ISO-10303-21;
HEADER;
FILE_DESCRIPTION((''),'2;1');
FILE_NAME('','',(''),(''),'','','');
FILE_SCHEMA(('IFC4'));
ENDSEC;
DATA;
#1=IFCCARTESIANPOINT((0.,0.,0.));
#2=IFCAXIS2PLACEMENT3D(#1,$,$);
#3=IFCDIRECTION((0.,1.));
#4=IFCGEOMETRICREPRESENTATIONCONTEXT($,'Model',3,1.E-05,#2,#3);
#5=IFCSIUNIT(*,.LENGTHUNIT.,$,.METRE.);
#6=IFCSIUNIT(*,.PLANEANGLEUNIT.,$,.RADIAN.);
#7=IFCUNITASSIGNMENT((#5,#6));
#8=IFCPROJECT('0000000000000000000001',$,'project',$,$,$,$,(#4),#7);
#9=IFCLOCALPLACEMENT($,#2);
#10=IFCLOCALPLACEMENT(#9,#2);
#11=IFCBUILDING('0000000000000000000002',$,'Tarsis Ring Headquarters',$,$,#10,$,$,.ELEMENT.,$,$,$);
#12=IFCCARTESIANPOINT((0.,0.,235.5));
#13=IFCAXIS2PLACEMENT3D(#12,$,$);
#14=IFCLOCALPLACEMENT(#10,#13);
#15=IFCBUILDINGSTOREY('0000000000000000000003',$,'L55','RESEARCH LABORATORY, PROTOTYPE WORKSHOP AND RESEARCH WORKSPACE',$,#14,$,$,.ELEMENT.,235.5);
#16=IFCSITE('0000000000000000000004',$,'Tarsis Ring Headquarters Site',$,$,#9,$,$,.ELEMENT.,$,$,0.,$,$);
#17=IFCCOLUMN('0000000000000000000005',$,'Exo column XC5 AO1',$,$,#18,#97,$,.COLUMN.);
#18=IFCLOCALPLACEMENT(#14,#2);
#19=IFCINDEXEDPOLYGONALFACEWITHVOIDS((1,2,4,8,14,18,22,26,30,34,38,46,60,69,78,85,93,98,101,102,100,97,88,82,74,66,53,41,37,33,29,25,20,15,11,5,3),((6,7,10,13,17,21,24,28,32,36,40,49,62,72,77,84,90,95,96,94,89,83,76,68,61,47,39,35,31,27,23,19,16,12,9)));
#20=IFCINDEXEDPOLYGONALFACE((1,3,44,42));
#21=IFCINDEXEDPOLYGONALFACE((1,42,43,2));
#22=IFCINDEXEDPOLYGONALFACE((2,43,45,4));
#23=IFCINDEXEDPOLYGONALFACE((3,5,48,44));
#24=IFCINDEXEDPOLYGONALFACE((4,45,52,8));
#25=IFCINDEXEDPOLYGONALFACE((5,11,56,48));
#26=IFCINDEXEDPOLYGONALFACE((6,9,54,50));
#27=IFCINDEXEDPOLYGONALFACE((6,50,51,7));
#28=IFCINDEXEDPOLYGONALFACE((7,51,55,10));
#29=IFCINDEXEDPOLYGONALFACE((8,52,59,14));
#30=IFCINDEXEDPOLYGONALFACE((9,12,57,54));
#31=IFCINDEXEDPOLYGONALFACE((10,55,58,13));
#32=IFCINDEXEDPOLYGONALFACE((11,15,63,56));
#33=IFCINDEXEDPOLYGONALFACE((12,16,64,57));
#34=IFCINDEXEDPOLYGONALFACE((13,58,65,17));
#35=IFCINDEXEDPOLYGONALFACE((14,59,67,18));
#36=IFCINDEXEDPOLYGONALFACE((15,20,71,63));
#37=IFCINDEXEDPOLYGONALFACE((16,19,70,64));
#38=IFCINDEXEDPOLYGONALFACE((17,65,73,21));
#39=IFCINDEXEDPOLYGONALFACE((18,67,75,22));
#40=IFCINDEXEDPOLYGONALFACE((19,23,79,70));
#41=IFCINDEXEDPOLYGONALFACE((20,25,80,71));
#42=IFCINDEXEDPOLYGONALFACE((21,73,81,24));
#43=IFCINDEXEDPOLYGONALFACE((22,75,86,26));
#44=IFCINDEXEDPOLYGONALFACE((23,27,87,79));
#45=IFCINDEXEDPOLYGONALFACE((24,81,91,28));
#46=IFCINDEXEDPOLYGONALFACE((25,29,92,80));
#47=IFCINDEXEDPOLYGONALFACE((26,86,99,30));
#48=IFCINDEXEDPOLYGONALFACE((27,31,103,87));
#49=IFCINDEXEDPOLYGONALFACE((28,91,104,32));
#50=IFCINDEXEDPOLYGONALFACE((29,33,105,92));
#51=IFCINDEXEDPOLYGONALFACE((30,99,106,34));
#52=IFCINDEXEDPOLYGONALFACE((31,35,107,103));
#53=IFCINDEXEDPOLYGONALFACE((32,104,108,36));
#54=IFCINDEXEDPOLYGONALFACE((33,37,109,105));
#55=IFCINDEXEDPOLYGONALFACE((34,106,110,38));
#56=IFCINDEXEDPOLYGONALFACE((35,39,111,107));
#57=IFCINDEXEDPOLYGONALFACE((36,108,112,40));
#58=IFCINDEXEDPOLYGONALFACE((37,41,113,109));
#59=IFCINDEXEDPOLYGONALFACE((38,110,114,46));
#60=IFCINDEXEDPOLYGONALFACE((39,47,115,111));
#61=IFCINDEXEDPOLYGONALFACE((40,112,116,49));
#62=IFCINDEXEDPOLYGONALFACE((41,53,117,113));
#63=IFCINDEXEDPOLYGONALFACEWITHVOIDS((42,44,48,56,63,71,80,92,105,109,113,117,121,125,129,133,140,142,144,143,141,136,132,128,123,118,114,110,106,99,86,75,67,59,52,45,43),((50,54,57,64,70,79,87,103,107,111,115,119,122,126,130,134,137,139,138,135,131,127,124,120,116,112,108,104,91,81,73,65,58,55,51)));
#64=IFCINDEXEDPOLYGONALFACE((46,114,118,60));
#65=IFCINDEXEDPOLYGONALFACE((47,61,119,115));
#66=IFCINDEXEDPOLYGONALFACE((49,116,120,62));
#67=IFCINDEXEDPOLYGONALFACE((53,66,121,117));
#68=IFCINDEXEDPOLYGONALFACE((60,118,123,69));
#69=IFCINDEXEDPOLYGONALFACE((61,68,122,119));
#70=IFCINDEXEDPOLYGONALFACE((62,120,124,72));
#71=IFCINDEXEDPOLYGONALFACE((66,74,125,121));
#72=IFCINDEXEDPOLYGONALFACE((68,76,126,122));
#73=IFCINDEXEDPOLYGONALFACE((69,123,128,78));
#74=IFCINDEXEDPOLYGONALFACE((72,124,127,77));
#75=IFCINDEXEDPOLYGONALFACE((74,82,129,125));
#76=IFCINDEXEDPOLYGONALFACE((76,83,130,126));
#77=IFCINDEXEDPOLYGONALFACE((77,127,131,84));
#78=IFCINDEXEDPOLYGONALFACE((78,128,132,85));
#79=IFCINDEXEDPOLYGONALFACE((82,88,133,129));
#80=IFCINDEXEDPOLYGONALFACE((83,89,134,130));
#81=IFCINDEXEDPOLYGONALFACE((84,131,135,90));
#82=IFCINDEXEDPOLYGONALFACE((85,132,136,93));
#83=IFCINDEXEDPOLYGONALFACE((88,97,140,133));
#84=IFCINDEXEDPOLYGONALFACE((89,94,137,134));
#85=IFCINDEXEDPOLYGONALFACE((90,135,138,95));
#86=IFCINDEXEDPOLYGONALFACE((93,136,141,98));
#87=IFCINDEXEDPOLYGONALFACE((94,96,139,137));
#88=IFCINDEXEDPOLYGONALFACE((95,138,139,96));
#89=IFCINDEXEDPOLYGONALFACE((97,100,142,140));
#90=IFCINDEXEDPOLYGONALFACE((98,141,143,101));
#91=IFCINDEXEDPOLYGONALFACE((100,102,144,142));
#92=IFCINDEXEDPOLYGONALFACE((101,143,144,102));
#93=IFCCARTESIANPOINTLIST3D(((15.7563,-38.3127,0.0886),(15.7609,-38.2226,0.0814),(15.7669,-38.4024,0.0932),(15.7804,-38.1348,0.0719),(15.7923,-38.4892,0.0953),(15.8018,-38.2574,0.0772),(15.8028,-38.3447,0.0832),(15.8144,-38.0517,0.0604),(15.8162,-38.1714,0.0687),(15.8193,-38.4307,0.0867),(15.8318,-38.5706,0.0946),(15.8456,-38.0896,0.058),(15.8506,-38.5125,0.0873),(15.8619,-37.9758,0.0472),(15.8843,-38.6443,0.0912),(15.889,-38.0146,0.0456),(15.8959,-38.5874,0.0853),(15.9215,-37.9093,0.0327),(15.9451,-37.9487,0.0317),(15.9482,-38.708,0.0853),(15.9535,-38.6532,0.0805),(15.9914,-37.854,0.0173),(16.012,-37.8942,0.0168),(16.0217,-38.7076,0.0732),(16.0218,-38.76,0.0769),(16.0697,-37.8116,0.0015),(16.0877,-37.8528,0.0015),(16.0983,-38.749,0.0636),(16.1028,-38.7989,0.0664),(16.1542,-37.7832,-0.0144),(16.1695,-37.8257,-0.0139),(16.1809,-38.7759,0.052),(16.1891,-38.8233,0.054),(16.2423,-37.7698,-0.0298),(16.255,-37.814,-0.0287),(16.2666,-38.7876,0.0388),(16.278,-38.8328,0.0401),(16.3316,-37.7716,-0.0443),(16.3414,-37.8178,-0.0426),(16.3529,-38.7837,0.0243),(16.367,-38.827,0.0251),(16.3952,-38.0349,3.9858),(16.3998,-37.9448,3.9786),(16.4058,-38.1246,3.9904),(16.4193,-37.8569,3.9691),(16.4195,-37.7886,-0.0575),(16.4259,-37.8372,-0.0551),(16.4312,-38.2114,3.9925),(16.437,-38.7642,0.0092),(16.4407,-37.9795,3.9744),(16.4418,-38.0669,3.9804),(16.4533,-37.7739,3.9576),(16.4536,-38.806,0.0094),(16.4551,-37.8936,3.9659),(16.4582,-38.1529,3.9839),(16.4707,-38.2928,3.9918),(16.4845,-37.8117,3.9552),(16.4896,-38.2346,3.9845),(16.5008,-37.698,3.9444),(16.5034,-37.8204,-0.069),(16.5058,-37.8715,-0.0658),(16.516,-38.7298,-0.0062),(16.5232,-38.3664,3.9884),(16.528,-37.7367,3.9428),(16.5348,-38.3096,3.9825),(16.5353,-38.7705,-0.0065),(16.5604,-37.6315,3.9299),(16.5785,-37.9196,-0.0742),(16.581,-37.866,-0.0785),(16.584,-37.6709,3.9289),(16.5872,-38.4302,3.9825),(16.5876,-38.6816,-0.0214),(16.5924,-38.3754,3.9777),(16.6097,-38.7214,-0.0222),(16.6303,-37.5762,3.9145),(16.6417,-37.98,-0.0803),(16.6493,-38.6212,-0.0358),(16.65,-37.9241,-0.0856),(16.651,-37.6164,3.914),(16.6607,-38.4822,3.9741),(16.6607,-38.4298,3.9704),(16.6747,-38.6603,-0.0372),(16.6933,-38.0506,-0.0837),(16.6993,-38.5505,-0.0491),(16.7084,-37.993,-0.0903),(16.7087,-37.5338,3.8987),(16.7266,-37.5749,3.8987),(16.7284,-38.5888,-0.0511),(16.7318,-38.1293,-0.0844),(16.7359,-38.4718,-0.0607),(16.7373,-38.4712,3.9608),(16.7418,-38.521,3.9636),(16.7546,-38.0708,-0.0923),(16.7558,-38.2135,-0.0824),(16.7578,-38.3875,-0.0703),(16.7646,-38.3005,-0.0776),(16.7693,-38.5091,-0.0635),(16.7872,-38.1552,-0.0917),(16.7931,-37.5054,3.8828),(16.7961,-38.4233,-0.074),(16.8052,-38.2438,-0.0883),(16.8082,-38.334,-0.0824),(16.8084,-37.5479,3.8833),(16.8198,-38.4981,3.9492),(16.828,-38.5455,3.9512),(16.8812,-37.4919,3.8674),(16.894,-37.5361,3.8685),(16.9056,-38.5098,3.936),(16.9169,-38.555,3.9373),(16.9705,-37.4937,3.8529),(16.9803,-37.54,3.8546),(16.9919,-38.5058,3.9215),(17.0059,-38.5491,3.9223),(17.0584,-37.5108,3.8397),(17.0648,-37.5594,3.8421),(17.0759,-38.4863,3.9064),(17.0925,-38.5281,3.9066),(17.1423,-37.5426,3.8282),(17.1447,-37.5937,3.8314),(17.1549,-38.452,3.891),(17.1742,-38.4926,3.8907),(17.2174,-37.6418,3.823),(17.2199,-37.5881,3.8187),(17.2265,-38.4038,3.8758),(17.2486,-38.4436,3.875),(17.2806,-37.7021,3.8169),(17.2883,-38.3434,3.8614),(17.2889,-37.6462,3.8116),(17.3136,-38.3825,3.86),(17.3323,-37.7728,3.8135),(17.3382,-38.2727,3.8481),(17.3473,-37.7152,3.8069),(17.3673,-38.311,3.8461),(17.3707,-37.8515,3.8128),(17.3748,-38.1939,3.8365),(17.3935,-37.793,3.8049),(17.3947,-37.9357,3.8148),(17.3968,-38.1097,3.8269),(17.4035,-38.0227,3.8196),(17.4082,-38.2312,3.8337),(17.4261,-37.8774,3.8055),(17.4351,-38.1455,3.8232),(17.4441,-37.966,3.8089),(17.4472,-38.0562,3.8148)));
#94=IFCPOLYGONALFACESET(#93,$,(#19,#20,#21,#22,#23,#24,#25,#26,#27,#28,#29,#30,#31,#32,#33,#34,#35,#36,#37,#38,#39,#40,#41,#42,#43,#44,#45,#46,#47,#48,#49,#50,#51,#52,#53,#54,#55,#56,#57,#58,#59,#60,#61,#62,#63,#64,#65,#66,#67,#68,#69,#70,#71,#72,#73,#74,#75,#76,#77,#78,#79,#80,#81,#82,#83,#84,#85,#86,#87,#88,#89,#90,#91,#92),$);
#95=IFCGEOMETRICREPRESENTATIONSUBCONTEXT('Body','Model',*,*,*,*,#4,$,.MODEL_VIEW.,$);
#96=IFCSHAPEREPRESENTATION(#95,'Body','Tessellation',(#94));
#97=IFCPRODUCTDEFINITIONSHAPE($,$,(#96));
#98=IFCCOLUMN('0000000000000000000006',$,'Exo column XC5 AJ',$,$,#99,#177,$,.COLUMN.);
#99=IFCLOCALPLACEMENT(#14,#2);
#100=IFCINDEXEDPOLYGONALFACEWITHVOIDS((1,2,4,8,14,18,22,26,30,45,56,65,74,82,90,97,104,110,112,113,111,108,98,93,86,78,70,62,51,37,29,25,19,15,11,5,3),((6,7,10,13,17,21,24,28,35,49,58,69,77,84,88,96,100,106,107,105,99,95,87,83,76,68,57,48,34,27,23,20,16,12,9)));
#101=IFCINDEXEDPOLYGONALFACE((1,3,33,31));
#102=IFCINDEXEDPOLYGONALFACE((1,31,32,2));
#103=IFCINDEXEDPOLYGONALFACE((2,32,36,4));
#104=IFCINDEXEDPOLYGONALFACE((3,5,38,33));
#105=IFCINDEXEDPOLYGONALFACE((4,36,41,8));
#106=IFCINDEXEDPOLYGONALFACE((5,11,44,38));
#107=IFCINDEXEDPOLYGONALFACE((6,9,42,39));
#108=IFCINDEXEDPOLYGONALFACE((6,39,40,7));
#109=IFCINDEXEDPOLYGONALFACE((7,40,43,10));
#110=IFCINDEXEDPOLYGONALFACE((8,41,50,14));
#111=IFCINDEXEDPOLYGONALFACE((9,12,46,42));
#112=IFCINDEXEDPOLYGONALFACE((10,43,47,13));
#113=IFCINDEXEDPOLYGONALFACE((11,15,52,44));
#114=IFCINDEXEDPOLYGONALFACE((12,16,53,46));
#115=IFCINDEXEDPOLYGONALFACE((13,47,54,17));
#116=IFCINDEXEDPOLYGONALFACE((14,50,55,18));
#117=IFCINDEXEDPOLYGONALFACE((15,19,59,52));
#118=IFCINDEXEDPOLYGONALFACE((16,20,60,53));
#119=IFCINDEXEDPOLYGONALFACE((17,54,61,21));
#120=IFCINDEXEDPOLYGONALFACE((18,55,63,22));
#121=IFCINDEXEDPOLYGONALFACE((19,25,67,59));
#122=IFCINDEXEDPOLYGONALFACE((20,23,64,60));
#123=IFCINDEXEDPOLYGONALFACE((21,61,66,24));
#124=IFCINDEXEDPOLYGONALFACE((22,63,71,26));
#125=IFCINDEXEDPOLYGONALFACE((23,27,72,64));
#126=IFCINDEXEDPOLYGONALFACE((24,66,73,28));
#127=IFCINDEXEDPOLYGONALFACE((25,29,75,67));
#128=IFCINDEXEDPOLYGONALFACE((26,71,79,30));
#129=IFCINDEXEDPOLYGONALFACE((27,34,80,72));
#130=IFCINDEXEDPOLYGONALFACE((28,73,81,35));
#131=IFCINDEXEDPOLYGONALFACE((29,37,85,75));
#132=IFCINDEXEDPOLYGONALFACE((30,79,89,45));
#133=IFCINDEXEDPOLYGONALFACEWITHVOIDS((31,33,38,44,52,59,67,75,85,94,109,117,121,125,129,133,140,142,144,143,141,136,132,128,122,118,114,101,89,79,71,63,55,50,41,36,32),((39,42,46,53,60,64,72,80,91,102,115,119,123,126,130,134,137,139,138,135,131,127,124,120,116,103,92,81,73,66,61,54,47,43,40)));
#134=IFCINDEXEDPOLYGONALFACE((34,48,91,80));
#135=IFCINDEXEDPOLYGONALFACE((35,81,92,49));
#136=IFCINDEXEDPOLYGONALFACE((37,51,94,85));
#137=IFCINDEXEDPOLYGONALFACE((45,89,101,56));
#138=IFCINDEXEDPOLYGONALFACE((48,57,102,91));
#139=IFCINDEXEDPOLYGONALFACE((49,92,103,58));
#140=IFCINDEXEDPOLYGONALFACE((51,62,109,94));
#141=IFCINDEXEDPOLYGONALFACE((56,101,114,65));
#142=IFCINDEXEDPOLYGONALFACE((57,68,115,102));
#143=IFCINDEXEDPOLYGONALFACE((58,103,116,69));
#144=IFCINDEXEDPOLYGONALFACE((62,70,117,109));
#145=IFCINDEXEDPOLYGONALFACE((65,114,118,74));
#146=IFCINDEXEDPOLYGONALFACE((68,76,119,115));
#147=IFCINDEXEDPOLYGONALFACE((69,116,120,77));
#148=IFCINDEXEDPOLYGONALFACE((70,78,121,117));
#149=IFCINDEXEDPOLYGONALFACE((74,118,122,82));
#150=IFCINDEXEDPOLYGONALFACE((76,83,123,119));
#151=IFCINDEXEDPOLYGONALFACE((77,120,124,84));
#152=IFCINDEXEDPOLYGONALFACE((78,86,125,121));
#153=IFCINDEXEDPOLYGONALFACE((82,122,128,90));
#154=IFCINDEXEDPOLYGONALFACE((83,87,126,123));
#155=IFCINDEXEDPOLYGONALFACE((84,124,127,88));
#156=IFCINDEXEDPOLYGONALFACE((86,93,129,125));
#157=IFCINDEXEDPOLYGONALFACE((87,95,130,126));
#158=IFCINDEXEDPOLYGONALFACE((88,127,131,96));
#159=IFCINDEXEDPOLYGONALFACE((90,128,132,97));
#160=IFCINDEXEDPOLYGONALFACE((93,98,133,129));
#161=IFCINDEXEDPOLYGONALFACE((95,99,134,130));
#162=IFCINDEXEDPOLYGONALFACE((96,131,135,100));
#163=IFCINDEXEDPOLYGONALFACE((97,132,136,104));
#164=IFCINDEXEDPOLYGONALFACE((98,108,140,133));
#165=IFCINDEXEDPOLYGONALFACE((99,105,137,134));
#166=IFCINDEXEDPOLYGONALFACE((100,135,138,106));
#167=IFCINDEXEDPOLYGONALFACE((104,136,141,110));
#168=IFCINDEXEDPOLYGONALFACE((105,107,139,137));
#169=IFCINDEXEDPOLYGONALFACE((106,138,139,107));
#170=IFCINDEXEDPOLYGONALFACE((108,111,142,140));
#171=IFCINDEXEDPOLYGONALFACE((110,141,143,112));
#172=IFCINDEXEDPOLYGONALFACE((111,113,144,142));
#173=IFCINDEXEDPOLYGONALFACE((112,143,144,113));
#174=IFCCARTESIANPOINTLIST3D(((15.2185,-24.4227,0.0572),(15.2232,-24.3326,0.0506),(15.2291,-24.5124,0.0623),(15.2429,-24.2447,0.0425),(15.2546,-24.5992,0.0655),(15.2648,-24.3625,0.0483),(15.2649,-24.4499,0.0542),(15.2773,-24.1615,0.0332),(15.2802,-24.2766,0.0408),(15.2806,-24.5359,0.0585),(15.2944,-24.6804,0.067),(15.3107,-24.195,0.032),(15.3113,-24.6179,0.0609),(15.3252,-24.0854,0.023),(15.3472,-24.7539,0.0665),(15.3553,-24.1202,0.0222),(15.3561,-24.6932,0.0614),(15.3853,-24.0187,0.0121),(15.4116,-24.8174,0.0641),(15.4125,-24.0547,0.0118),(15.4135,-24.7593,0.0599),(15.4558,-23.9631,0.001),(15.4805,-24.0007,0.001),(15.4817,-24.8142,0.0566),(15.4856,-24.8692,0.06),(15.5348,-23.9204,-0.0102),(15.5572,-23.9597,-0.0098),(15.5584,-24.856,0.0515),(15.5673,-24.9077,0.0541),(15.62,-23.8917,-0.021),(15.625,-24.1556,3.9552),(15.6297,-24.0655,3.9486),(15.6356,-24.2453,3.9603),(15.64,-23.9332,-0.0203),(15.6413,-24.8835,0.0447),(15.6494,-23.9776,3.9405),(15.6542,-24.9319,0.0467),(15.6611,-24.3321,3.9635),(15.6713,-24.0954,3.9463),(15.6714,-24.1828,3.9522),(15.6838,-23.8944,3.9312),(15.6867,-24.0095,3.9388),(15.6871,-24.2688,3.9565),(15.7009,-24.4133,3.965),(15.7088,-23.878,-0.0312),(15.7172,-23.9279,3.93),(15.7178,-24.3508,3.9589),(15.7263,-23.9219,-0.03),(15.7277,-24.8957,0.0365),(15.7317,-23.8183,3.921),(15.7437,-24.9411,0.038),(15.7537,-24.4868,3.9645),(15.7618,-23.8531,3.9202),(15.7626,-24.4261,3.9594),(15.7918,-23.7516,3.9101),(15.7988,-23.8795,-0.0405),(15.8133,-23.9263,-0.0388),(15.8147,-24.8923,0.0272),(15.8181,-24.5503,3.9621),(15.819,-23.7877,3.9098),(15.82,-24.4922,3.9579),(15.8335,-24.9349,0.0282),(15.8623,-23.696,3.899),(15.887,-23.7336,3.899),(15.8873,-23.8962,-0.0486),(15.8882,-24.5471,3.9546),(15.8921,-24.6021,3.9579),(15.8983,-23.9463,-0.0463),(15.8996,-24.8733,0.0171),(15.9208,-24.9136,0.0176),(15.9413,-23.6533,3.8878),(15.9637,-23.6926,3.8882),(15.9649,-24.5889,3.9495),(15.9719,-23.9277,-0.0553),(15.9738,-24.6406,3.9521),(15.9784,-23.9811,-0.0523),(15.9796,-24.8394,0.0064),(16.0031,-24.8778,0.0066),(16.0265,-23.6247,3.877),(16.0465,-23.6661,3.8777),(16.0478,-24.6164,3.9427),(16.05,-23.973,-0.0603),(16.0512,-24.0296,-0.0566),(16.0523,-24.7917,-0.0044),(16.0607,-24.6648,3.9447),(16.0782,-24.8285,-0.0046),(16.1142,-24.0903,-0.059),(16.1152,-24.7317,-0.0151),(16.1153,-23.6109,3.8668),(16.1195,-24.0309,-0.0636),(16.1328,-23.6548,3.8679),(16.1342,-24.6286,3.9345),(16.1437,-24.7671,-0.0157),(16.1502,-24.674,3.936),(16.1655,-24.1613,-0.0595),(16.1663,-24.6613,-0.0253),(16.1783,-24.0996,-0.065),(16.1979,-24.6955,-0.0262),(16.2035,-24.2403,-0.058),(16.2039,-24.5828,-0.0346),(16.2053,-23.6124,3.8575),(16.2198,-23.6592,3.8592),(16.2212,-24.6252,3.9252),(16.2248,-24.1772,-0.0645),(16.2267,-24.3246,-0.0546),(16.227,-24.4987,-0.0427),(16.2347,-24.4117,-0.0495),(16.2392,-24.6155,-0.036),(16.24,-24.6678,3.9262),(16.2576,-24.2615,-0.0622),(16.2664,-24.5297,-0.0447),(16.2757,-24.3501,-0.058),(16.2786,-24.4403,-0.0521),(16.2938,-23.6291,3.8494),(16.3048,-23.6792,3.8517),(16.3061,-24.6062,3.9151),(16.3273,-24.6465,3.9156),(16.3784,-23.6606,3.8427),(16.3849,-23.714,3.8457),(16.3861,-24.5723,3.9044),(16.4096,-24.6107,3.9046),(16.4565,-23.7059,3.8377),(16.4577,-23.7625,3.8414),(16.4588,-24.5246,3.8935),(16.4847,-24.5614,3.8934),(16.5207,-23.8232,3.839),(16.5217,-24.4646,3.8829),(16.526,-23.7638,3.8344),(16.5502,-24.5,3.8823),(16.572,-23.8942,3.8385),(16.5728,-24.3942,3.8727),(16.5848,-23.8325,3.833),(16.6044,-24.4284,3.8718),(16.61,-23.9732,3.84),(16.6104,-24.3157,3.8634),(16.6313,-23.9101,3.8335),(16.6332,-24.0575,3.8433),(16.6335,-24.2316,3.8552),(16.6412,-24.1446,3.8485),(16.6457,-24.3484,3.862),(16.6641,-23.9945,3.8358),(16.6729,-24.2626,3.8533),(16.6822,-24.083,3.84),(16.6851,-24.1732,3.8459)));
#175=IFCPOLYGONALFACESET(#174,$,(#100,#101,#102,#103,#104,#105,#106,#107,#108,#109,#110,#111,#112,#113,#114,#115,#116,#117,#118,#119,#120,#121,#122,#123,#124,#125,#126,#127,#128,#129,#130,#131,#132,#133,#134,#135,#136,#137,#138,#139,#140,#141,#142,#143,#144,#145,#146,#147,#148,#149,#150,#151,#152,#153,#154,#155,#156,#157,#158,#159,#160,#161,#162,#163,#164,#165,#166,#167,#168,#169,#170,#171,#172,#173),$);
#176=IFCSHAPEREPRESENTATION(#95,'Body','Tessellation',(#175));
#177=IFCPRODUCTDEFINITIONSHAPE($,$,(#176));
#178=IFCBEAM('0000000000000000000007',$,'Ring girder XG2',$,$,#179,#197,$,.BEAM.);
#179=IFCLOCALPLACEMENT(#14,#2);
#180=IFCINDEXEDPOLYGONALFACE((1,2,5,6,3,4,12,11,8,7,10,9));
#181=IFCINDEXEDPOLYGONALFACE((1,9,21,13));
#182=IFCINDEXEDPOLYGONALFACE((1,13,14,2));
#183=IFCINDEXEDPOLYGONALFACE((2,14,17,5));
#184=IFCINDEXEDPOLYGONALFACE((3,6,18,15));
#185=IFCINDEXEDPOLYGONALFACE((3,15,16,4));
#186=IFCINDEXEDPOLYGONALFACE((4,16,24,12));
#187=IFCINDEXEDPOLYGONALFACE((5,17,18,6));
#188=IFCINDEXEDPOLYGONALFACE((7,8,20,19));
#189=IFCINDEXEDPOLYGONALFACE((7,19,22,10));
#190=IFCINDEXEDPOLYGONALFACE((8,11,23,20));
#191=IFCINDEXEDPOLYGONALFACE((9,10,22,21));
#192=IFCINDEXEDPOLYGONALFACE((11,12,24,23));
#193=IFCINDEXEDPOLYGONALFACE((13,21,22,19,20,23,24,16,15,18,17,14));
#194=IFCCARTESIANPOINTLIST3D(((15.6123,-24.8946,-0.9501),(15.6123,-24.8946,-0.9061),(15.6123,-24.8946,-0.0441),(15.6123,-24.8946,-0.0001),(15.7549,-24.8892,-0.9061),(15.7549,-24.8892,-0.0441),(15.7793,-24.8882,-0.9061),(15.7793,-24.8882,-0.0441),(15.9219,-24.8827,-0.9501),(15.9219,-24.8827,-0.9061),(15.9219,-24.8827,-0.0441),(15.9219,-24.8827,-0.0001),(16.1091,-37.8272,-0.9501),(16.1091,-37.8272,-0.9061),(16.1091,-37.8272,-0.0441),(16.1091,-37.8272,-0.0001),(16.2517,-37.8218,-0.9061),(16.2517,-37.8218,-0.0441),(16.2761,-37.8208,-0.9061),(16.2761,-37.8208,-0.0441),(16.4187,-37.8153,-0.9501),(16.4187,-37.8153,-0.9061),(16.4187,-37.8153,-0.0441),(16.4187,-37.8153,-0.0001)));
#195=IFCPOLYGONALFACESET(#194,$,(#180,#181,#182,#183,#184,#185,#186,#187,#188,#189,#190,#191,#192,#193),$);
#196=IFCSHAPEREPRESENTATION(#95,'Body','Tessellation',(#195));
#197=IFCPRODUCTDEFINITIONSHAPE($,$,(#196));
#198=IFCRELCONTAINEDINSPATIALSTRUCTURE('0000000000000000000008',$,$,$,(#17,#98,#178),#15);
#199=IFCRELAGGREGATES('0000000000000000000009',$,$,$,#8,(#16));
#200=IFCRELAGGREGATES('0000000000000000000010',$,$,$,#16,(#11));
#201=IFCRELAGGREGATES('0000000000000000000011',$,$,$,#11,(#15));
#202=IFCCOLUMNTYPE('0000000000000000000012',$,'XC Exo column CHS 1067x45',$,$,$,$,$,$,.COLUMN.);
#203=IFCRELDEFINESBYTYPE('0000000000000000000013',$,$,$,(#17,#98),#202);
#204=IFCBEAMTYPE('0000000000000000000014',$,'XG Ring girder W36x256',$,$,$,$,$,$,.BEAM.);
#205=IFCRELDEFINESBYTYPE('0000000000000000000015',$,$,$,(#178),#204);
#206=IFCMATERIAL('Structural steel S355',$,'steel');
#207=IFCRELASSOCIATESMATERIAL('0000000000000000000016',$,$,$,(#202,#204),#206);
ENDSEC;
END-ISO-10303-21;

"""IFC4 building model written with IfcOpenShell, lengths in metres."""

from ifc_helpers import new_model, si_unit, direction, frame, origin, origin_2d, place, context, subcontext, project, spatial, hollow_circle, i_section, extrude, material, material_profile, profile_set, type_object, element, save


model = new_model("IFC4")

# Units and contexts
model_context = context("Model", 3, precision=1e-05, world=origin(), true_north=direction((0.0, 1.0)))
body_context = subcontext(model_context, "Body", "Model", "MODEL_VIEW")
ifc_project = project(units=[si_unit("LENGTHUNIT", "METRE"), si_unit("PLANEANGLEUNIT", "RADIAN")], contexts=[model_context])

# Site, building, storey
site_placement = place(None, origin())
site = spatial("IfcSite", under=ifc_project, at=site_placement, Name="Tarsis Ring Headquarters Site", CompositionType="ELEMENT", RefElevation=0.0)
building_placement = place(site_placement, origin())
building = spatial("IfcBuilding", under=site, at=building_placement, Name="Tarsis Ring Headquarters", CompositionType="ELEMENT")
storey_placement = place(building_placement, frame((0.0, 0.0, 235.5)))
storey = spatial("IfcBuildingStorey", under=building, at=storey_placement, Name="L55", Description="RESEARCH LABORATORY, PROTOTYPE WORKSHOP AND RESEARCH WORKSPACE", CompositionType="ELEMENT", Elevation=235.5)

# Columns
ifc_material_1 = material(Name="Structural steel S355", Category="steel")
ifc_material_profile_1 = material_profile(ifc_material_1, hollow_circle(Radius=0.5334, WallThickness=0.0449, at=origin_2d()), Name="CHS 1067x45")
ifc_profile_set_1 = profile_set([ifc_material_profile_1], Name="Structural steel S355")
column_type = type_object("IfcColumnType", Name="XC Exo column CHS 1067x45", PredefinedType="COLUMN", material=ifc_profile_set_1)
column_1_placement = place(storey_placement, frame((16.2825, -38.3008, 0.0015), z_axis=(0.161383, 0.070177, 0.984394), x_axis=(-0.398777, 0.917048, 0.0)))
element("IfcColumn", 1, at=column_1_placement, inside=storey, type_object=column_type, Name="Exo column XC5 AO1", PredefinedType="COLUMN", context=body_context, shape_type="SweptSolid", body=[
    extrude(hollow_circle(Radius=0.5334, WallThickness=0.0449, at=origin_2d()), origin(), (0.0, 0.0, 1.0), 3.959),
])
column_2_placement = place(storey_placement, frame((15.7488, -24.4089, 0.001), z_axis=(0.103482, 0.067993, 0.992305), x_axis=(-0.549128, 0.835738, 0.0)))
element("IfcColumn", 2, at=column_2_placement, inside=storey, type_object=column_type, Name="Exo column XC5 AJ", PredefinedType="COLUMN", context=body_context, shape_type="SweptSolid", body=[
    extrude(hollow_circle(Radius=0.5334, WallThickness=0.0449, at=origin_2d()), origin(), (0.0, 0.0, 1.0), 3.9282),
])

# Beam
ifc_material_profile_2 = material_profile(ifc_material_1, i_section(OverallWidth=0.3098, OverallDepth=0.95, WebThickness=0.0244, FlangeThickness=0.0439, at=origin_2d()), Name="W36x256")
ifc_profile_set_2 = profile_set([ifc_material_profile_2], Name="Structural steel S355")
beam_type = type_object("IfcBeamType", Name="XG Ring girder W36x256", PredefinedType="BEAM", material=ifc_profile_set_2)
beam_1_placement = place(storey_placement, frame((16.2639, -37.8213, -0.4751), z_axis=(-0.038388, 0.999263, 0.0), x_axis=(-0.999263, -0.038388, 0.0)))
element("IfcBeam", 3, at=beam_1_placement, inside=storey, type_object=beam_type, Name="Ring girder XG2", PredefinedType="BEAM", context=body_context, shape_type="SweptSolid", body=[
    extrude(i_section(OverallWidth=0.3098, OverallDepth=0.95, WebThickness=0.0244, FlangeThickness=0.0439, at=origin_2d()), origin(), (0.0, 0.0, 1.0), 12.9421),
])

save(model, "model.ifc")
